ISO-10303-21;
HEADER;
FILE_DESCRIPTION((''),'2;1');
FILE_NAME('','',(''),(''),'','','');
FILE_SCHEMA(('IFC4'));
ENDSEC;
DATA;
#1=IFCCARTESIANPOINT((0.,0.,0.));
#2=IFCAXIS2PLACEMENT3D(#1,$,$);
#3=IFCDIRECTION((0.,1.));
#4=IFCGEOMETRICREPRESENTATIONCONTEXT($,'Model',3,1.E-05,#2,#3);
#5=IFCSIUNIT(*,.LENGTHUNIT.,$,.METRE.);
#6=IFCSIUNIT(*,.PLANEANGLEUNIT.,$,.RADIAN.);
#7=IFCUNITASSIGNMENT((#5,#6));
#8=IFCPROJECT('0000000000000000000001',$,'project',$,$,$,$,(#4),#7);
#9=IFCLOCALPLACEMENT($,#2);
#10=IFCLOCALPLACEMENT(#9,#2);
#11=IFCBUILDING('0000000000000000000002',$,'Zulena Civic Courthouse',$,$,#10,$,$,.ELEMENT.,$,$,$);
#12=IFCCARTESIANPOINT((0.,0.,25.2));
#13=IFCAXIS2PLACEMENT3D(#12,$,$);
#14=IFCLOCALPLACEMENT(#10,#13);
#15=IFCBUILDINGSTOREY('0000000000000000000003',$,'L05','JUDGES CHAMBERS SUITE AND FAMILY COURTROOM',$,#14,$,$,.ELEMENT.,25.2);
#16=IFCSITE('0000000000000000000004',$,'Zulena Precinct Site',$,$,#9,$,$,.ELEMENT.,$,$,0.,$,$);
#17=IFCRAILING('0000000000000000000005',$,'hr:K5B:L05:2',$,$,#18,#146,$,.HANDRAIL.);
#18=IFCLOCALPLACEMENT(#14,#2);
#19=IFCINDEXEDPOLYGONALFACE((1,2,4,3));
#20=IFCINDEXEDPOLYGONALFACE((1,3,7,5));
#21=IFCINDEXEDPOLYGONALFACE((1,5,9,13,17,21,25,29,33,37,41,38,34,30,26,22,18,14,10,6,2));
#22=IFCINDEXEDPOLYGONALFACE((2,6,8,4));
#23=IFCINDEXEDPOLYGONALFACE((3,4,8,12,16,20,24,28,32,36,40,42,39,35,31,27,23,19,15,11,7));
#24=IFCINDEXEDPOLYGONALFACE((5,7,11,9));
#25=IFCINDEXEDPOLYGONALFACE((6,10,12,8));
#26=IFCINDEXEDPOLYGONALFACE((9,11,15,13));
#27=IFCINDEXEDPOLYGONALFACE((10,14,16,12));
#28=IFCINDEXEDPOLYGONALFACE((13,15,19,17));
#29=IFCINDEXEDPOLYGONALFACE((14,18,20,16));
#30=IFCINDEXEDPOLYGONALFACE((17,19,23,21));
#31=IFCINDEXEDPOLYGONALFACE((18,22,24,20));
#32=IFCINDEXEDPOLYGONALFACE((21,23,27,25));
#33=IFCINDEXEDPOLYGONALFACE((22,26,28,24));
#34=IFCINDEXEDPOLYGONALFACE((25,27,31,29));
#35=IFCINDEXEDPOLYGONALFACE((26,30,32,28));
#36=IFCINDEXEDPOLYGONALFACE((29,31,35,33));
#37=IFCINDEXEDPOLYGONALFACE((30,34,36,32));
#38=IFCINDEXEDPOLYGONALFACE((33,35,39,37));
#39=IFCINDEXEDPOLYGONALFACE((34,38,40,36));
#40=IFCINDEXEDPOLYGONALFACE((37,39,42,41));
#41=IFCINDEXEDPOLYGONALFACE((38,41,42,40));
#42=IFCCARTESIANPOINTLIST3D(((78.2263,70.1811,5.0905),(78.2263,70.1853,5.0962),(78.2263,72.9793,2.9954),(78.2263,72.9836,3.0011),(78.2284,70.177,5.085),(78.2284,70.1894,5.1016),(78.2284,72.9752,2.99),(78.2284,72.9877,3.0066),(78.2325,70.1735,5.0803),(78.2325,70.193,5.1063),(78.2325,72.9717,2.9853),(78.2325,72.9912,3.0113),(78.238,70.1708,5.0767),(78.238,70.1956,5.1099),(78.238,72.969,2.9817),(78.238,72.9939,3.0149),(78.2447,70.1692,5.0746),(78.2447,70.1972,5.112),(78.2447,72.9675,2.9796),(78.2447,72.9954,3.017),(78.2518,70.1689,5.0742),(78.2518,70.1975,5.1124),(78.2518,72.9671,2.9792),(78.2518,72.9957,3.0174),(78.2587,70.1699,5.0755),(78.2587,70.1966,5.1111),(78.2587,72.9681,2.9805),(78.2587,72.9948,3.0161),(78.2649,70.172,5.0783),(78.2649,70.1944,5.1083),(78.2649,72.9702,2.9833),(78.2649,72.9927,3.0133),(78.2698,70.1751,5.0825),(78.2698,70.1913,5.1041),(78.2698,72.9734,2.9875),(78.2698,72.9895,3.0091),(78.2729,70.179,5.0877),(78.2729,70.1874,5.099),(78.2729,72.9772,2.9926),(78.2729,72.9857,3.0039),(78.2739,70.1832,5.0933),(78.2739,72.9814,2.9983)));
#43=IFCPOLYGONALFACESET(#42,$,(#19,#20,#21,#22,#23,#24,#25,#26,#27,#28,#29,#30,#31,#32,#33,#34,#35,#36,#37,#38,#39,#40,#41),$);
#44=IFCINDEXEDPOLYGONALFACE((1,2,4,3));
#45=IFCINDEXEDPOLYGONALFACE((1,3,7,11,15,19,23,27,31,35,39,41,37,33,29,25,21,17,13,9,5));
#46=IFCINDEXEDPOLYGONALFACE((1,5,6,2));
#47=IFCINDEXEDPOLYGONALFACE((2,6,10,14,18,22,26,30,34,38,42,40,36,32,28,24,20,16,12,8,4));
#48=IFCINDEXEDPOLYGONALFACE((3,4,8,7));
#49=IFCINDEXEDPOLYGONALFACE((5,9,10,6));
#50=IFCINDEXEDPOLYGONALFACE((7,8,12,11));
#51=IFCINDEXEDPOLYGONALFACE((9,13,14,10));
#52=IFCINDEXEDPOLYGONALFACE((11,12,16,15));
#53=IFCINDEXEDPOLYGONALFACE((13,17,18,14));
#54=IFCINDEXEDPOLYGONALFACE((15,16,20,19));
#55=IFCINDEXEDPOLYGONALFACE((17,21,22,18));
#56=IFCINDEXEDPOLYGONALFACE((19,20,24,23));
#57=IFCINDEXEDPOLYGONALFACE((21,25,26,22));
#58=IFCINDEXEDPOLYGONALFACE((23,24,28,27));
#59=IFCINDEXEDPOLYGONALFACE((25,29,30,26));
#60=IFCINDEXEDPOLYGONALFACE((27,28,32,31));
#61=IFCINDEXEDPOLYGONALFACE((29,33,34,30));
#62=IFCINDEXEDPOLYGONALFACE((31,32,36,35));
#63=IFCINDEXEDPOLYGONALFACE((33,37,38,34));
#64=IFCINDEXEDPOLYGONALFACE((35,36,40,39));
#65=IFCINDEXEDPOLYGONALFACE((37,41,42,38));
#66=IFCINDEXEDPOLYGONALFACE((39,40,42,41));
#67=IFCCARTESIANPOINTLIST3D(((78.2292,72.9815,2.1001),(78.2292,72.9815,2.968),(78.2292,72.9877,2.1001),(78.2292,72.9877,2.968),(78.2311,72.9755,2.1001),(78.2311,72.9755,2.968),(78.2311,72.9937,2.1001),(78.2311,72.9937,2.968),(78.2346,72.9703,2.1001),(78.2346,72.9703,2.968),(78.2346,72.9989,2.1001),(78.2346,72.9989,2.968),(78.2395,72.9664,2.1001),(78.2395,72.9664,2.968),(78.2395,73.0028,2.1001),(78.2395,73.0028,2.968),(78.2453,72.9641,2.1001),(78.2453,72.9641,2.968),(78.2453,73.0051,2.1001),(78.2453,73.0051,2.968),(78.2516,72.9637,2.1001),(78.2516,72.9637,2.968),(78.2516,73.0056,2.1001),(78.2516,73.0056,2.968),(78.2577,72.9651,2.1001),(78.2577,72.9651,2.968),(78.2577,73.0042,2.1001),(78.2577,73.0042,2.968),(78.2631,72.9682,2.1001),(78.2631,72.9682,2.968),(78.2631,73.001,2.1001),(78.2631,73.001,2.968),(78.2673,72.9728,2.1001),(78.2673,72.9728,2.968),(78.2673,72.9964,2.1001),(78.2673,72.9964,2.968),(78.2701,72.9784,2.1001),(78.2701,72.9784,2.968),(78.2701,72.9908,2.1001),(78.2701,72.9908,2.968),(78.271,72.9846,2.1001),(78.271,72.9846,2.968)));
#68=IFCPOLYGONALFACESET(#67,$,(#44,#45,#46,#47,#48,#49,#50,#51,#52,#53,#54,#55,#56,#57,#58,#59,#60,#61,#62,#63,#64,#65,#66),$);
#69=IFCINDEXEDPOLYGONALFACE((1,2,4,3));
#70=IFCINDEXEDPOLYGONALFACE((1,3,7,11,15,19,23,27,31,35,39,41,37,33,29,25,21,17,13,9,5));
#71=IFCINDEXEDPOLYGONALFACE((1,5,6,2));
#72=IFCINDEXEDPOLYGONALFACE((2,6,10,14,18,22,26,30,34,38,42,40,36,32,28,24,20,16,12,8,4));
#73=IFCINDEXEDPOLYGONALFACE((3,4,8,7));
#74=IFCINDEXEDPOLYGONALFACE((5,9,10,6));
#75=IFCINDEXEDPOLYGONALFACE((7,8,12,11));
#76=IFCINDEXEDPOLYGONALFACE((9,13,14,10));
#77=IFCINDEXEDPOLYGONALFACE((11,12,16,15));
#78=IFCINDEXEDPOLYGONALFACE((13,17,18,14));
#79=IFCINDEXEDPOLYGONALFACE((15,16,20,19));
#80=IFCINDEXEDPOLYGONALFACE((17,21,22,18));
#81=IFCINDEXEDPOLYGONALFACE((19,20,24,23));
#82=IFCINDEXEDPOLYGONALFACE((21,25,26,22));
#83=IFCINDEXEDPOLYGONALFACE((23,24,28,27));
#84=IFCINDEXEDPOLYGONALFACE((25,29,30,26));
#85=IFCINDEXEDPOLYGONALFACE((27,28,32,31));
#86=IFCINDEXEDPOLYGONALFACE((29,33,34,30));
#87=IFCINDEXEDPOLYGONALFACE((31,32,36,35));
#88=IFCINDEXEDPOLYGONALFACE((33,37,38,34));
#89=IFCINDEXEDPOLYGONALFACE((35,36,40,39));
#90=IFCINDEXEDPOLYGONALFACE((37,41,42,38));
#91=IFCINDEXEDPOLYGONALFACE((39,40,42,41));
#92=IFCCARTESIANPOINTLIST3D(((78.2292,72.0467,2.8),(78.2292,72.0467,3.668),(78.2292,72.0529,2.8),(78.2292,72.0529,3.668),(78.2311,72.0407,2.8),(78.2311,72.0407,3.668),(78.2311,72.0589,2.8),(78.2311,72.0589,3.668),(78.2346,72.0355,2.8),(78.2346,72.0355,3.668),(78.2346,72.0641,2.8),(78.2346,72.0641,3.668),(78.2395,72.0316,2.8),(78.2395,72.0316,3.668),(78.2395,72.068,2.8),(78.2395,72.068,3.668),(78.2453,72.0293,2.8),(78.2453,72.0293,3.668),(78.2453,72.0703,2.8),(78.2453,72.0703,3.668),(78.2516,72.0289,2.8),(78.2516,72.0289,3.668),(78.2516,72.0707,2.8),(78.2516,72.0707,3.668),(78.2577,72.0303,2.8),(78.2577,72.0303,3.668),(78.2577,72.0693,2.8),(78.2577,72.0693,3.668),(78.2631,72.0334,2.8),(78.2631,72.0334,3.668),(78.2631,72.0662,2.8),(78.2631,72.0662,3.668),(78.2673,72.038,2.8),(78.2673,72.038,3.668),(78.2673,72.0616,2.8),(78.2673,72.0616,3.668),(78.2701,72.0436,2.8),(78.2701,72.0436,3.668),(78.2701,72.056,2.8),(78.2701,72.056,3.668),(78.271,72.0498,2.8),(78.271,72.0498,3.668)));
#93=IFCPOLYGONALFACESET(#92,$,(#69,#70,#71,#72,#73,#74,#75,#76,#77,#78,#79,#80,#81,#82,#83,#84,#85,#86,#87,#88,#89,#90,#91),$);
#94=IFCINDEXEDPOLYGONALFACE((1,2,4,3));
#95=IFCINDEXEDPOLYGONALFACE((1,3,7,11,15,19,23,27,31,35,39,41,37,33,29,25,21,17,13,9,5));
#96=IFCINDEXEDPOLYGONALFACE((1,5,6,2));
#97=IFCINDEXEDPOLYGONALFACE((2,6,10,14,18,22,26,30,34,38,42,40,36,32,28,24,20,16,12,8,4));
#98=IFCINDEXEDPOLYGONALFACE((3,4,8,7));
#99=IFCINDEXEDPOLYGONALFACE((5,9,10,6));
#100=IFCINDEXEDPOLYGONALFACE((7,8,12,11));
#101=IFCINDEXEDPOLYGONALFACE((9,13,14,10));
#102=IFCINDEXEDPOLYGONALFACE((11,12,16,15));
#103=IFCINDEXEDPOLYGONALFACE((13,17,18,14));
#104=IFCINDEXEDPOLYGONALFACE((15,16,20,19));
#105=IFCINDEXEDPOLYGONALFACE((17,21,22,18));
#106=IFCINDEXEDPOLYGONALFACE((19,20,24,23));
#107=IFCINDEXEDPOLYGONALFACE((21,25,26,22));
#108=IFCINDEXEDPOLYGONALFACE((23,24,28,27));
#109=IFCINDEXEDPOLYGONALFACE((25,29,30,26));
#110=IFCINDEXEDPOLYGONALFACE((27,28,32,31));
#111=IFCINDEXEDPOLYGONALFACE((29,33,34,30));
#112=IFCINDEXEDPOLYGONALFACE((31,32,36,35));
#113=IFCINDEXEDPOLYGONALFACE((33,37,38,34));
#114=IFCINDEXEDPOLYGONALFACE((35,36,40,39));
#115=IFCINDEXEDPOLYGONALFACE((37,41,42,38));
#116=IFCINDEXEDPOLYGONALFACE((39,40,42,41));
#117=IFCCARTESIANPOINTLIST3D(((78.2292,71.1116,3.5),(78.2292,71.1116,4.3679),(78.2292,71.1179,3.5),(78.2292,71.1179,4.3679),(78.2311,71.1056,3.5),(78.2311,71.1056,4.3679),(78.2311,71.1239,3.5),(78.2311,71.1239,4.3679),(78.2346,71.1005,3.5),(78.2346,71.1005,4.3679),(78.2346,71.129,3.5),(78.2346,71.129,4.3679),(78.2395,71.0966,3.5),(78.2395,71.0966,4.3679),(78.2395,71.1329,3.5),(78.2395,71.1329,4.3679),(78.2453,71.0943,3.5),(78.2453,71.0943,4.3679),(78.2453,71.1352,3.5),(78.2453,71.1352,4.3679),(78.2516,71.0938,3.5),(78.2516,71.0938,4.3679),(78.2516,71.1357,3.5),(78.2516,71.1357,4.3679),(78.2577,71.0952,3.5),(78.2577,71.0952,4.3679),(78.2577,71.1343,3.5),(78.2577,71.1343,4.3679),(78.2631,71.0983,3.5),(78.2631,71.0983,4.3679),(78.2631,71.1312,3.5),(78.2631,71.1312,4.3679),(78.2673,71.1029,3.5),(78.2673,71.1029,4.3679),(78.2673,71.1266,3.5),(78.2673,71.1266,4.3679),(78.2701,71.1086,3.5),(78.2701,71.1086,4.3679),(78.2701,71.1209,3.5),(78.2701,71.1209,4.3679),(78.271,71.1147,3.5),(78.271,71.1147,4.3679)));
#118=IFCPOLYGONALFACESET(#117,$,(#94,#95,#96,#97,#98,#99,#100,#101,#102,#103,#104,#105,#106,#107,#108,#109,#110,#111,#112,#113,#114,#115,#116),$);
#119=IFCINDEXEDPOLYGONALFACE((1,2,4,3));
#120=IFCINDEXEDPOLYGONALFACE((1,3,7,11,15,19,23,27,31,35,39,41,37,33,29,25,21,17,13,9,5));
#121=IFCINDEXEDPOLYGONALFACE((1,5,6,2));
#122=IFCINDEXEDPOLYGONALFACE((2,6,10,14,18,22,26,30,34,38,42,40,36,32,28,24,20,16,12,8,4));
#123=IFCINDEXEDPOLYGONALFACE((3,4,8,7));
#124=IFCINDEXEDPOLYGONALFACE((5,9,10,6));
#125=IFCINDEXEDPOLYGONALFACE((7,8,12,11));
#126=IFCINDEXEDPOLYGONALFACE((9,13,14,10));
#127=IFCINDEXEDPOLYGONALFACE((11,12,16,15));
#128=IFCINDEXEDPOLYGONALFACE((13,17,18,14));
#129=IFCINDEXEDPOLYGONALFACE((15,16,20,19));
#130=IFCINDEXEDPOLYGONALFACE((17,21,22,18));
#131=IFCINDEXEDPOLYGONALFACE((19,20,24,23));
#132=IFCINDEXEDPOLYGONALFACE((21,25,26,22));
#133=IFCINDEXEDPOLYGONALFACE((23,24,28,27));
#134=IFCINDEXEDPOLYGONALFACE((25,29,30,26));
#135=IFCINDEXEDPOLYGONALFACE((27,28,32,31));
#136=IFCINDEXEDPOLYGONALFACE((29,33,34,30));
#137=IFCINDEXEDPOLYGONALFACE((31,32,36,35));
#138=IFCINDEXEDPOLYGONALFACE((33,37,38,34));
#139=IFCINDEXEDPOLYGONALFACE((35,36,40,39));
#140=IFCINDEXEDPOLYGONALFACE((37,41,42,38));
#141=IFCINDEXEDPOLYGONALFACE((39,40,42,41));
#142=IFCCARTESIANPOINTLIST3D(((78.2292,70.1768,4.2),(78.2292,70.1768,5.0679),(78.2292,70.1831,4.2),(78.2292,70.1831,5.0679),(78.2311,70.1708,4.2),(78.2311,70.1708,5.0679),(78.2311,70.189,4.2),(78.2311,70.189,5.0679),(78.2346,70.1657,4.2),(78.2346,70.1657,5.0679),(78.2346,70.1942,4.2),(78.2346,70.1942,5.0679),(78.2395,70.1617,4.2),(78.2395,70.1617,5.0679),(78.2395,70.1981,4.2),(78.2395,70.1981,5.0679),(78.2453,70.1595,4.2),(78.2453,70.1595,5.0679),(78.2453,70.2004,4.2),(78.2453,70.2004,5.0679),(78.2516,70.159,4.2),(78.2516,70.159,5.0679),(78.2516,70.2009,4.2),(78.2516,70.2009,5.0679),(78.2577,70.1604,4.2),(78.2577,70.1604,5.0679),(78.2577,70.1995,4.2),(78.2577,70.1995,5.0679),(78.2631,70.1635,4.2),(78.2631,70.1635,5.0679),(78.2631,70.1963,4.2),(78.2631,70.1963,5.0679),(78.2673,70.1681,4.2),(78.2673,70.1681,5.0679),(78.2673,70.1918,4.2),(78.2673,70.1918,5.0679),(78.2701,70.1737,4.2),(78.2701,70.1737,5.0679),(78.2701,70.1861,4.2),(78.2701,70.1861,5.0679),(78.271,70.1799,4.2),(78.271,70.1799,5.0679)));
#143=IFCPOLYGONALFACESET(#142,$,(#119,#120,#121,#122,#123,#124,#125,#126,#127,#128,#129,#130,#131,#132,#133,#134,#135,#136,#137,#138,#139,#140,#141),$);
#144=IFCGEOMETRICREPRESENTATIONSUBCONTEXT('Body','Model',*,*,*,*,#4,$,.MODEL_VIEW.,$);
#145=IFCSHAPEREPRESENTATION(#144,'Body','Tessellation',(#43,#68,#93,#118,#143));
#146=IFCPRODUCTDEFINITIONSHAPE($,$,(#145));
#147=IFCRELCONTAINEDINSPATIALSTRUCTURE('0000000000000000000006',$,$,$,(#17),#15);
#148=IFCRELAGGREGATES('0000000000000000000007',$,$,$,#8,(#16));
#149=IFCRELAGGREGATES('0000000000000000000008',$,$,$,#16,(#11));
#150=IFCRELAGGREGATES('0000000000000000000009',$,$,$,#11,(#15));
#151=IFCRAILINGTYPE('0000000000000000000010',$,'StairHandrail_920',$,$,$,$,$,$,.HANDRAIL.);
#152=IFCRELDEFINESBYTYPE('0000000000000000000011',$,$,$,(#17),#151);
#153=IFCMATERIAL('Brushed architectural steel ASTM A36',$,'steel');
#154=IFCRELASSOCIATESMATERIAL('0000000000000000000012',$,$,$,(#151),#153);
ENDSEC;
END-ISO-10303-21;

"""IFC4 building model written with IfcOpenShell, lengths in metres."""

from ifc_helpers import new_model, si_unit, direction, frame, origin, origin_2d, place, context, subcontext, project, spatial, circle, extrude, material, type_object, element, save


model = new_model("IFC4")

# Units and contexts
model_context = context("Model", 3, precision=1e-05, world=origin(), true_north=direction((0.0, 1.0)))
body_context = subcontext(model_context, "Body", "Model", "MODEL_VIEW")
ifc_project = project(units=[si_unit("LENGTHUNIT", "METRE"), si_unit("PLANEANGLEUNIT", "RADIAN")], contexts=[model_context])

# Site, building, storey
site_placement = place(None, origin())
site = spatial("IfcSite", under=ifc_project, at=site_placement, Name="Zulena Precinct Site", CompositionType="ELEMENT", RefElevation=0.0)
building_placement = place(site_placement, origin())
building = spatial("IfcBuilding", under=site, at=building_placement, Name="Zulena Civic Courthouse", CompositionType="ELEMENT")
storey_placement = place(building_placement, frame((0.0, 0.0, 25.2)))
storey = spatial("IfcBuildingStorey", under=building, at=storey_placement, Name="L05", Description="JUDGES CHAMBERS SUITE AND FAMILY COURTROOM", CompositionType="ELEMENT", Elevation=25.2)

# Railing
ifc_material_1 = material(Name="Brushed architectural steel ASTM A36", Category="steel")
railing_type_1 = type_object("IfcRailingType", Name="StairHandrail_920", PredefinedType="HANDRAIL", material=ifc_material_1)
railing_1_placement = place(storey_placement, frame((78.25, 72.9846, 2.1001)))
element("IfcRailing", 1, at=railing_1_placement, inside=storey, type_object=railing_type_1, Name="hr:K5B:L05:2", PredefinedType="HANDRAIL", context=body_context, shape_type="SweptSolid", body=[
    extrude(circle(Radius=0.0239, at=origin_2d()), frame((0.0, -0.0032, 0.8982), z_axis=(0.0, -0.800501, 0.599331), x_axis=(1.0, 0.0, 0.0)), (0.0, 0.0, 1.0), 3.4956),
    extrude(circle(Radius=0.021, at=origin_2d()), origin(), (0.0, 0.0, 1.0), 0.8679),
    extrude(circle(Radius=0.021, at=origin_2d()), frame((0.0, -0.9348, 0.7)), (0.0, 0.0, 1.0), 0.8679),
    extrude(circle(Radius=0.021, at=origin_2d()), frame((0.0, -1.8699, 1.3999)), (0.0, 0.0, 1.0), 0.8679),
    extrude(circle(Radius=0.021, at=origin_2d()), frame((0.0, -2.8047, 2.0999)), (0.0, 0.0, 1.0), 0.8679),
])

save(model, "model.ifc")
